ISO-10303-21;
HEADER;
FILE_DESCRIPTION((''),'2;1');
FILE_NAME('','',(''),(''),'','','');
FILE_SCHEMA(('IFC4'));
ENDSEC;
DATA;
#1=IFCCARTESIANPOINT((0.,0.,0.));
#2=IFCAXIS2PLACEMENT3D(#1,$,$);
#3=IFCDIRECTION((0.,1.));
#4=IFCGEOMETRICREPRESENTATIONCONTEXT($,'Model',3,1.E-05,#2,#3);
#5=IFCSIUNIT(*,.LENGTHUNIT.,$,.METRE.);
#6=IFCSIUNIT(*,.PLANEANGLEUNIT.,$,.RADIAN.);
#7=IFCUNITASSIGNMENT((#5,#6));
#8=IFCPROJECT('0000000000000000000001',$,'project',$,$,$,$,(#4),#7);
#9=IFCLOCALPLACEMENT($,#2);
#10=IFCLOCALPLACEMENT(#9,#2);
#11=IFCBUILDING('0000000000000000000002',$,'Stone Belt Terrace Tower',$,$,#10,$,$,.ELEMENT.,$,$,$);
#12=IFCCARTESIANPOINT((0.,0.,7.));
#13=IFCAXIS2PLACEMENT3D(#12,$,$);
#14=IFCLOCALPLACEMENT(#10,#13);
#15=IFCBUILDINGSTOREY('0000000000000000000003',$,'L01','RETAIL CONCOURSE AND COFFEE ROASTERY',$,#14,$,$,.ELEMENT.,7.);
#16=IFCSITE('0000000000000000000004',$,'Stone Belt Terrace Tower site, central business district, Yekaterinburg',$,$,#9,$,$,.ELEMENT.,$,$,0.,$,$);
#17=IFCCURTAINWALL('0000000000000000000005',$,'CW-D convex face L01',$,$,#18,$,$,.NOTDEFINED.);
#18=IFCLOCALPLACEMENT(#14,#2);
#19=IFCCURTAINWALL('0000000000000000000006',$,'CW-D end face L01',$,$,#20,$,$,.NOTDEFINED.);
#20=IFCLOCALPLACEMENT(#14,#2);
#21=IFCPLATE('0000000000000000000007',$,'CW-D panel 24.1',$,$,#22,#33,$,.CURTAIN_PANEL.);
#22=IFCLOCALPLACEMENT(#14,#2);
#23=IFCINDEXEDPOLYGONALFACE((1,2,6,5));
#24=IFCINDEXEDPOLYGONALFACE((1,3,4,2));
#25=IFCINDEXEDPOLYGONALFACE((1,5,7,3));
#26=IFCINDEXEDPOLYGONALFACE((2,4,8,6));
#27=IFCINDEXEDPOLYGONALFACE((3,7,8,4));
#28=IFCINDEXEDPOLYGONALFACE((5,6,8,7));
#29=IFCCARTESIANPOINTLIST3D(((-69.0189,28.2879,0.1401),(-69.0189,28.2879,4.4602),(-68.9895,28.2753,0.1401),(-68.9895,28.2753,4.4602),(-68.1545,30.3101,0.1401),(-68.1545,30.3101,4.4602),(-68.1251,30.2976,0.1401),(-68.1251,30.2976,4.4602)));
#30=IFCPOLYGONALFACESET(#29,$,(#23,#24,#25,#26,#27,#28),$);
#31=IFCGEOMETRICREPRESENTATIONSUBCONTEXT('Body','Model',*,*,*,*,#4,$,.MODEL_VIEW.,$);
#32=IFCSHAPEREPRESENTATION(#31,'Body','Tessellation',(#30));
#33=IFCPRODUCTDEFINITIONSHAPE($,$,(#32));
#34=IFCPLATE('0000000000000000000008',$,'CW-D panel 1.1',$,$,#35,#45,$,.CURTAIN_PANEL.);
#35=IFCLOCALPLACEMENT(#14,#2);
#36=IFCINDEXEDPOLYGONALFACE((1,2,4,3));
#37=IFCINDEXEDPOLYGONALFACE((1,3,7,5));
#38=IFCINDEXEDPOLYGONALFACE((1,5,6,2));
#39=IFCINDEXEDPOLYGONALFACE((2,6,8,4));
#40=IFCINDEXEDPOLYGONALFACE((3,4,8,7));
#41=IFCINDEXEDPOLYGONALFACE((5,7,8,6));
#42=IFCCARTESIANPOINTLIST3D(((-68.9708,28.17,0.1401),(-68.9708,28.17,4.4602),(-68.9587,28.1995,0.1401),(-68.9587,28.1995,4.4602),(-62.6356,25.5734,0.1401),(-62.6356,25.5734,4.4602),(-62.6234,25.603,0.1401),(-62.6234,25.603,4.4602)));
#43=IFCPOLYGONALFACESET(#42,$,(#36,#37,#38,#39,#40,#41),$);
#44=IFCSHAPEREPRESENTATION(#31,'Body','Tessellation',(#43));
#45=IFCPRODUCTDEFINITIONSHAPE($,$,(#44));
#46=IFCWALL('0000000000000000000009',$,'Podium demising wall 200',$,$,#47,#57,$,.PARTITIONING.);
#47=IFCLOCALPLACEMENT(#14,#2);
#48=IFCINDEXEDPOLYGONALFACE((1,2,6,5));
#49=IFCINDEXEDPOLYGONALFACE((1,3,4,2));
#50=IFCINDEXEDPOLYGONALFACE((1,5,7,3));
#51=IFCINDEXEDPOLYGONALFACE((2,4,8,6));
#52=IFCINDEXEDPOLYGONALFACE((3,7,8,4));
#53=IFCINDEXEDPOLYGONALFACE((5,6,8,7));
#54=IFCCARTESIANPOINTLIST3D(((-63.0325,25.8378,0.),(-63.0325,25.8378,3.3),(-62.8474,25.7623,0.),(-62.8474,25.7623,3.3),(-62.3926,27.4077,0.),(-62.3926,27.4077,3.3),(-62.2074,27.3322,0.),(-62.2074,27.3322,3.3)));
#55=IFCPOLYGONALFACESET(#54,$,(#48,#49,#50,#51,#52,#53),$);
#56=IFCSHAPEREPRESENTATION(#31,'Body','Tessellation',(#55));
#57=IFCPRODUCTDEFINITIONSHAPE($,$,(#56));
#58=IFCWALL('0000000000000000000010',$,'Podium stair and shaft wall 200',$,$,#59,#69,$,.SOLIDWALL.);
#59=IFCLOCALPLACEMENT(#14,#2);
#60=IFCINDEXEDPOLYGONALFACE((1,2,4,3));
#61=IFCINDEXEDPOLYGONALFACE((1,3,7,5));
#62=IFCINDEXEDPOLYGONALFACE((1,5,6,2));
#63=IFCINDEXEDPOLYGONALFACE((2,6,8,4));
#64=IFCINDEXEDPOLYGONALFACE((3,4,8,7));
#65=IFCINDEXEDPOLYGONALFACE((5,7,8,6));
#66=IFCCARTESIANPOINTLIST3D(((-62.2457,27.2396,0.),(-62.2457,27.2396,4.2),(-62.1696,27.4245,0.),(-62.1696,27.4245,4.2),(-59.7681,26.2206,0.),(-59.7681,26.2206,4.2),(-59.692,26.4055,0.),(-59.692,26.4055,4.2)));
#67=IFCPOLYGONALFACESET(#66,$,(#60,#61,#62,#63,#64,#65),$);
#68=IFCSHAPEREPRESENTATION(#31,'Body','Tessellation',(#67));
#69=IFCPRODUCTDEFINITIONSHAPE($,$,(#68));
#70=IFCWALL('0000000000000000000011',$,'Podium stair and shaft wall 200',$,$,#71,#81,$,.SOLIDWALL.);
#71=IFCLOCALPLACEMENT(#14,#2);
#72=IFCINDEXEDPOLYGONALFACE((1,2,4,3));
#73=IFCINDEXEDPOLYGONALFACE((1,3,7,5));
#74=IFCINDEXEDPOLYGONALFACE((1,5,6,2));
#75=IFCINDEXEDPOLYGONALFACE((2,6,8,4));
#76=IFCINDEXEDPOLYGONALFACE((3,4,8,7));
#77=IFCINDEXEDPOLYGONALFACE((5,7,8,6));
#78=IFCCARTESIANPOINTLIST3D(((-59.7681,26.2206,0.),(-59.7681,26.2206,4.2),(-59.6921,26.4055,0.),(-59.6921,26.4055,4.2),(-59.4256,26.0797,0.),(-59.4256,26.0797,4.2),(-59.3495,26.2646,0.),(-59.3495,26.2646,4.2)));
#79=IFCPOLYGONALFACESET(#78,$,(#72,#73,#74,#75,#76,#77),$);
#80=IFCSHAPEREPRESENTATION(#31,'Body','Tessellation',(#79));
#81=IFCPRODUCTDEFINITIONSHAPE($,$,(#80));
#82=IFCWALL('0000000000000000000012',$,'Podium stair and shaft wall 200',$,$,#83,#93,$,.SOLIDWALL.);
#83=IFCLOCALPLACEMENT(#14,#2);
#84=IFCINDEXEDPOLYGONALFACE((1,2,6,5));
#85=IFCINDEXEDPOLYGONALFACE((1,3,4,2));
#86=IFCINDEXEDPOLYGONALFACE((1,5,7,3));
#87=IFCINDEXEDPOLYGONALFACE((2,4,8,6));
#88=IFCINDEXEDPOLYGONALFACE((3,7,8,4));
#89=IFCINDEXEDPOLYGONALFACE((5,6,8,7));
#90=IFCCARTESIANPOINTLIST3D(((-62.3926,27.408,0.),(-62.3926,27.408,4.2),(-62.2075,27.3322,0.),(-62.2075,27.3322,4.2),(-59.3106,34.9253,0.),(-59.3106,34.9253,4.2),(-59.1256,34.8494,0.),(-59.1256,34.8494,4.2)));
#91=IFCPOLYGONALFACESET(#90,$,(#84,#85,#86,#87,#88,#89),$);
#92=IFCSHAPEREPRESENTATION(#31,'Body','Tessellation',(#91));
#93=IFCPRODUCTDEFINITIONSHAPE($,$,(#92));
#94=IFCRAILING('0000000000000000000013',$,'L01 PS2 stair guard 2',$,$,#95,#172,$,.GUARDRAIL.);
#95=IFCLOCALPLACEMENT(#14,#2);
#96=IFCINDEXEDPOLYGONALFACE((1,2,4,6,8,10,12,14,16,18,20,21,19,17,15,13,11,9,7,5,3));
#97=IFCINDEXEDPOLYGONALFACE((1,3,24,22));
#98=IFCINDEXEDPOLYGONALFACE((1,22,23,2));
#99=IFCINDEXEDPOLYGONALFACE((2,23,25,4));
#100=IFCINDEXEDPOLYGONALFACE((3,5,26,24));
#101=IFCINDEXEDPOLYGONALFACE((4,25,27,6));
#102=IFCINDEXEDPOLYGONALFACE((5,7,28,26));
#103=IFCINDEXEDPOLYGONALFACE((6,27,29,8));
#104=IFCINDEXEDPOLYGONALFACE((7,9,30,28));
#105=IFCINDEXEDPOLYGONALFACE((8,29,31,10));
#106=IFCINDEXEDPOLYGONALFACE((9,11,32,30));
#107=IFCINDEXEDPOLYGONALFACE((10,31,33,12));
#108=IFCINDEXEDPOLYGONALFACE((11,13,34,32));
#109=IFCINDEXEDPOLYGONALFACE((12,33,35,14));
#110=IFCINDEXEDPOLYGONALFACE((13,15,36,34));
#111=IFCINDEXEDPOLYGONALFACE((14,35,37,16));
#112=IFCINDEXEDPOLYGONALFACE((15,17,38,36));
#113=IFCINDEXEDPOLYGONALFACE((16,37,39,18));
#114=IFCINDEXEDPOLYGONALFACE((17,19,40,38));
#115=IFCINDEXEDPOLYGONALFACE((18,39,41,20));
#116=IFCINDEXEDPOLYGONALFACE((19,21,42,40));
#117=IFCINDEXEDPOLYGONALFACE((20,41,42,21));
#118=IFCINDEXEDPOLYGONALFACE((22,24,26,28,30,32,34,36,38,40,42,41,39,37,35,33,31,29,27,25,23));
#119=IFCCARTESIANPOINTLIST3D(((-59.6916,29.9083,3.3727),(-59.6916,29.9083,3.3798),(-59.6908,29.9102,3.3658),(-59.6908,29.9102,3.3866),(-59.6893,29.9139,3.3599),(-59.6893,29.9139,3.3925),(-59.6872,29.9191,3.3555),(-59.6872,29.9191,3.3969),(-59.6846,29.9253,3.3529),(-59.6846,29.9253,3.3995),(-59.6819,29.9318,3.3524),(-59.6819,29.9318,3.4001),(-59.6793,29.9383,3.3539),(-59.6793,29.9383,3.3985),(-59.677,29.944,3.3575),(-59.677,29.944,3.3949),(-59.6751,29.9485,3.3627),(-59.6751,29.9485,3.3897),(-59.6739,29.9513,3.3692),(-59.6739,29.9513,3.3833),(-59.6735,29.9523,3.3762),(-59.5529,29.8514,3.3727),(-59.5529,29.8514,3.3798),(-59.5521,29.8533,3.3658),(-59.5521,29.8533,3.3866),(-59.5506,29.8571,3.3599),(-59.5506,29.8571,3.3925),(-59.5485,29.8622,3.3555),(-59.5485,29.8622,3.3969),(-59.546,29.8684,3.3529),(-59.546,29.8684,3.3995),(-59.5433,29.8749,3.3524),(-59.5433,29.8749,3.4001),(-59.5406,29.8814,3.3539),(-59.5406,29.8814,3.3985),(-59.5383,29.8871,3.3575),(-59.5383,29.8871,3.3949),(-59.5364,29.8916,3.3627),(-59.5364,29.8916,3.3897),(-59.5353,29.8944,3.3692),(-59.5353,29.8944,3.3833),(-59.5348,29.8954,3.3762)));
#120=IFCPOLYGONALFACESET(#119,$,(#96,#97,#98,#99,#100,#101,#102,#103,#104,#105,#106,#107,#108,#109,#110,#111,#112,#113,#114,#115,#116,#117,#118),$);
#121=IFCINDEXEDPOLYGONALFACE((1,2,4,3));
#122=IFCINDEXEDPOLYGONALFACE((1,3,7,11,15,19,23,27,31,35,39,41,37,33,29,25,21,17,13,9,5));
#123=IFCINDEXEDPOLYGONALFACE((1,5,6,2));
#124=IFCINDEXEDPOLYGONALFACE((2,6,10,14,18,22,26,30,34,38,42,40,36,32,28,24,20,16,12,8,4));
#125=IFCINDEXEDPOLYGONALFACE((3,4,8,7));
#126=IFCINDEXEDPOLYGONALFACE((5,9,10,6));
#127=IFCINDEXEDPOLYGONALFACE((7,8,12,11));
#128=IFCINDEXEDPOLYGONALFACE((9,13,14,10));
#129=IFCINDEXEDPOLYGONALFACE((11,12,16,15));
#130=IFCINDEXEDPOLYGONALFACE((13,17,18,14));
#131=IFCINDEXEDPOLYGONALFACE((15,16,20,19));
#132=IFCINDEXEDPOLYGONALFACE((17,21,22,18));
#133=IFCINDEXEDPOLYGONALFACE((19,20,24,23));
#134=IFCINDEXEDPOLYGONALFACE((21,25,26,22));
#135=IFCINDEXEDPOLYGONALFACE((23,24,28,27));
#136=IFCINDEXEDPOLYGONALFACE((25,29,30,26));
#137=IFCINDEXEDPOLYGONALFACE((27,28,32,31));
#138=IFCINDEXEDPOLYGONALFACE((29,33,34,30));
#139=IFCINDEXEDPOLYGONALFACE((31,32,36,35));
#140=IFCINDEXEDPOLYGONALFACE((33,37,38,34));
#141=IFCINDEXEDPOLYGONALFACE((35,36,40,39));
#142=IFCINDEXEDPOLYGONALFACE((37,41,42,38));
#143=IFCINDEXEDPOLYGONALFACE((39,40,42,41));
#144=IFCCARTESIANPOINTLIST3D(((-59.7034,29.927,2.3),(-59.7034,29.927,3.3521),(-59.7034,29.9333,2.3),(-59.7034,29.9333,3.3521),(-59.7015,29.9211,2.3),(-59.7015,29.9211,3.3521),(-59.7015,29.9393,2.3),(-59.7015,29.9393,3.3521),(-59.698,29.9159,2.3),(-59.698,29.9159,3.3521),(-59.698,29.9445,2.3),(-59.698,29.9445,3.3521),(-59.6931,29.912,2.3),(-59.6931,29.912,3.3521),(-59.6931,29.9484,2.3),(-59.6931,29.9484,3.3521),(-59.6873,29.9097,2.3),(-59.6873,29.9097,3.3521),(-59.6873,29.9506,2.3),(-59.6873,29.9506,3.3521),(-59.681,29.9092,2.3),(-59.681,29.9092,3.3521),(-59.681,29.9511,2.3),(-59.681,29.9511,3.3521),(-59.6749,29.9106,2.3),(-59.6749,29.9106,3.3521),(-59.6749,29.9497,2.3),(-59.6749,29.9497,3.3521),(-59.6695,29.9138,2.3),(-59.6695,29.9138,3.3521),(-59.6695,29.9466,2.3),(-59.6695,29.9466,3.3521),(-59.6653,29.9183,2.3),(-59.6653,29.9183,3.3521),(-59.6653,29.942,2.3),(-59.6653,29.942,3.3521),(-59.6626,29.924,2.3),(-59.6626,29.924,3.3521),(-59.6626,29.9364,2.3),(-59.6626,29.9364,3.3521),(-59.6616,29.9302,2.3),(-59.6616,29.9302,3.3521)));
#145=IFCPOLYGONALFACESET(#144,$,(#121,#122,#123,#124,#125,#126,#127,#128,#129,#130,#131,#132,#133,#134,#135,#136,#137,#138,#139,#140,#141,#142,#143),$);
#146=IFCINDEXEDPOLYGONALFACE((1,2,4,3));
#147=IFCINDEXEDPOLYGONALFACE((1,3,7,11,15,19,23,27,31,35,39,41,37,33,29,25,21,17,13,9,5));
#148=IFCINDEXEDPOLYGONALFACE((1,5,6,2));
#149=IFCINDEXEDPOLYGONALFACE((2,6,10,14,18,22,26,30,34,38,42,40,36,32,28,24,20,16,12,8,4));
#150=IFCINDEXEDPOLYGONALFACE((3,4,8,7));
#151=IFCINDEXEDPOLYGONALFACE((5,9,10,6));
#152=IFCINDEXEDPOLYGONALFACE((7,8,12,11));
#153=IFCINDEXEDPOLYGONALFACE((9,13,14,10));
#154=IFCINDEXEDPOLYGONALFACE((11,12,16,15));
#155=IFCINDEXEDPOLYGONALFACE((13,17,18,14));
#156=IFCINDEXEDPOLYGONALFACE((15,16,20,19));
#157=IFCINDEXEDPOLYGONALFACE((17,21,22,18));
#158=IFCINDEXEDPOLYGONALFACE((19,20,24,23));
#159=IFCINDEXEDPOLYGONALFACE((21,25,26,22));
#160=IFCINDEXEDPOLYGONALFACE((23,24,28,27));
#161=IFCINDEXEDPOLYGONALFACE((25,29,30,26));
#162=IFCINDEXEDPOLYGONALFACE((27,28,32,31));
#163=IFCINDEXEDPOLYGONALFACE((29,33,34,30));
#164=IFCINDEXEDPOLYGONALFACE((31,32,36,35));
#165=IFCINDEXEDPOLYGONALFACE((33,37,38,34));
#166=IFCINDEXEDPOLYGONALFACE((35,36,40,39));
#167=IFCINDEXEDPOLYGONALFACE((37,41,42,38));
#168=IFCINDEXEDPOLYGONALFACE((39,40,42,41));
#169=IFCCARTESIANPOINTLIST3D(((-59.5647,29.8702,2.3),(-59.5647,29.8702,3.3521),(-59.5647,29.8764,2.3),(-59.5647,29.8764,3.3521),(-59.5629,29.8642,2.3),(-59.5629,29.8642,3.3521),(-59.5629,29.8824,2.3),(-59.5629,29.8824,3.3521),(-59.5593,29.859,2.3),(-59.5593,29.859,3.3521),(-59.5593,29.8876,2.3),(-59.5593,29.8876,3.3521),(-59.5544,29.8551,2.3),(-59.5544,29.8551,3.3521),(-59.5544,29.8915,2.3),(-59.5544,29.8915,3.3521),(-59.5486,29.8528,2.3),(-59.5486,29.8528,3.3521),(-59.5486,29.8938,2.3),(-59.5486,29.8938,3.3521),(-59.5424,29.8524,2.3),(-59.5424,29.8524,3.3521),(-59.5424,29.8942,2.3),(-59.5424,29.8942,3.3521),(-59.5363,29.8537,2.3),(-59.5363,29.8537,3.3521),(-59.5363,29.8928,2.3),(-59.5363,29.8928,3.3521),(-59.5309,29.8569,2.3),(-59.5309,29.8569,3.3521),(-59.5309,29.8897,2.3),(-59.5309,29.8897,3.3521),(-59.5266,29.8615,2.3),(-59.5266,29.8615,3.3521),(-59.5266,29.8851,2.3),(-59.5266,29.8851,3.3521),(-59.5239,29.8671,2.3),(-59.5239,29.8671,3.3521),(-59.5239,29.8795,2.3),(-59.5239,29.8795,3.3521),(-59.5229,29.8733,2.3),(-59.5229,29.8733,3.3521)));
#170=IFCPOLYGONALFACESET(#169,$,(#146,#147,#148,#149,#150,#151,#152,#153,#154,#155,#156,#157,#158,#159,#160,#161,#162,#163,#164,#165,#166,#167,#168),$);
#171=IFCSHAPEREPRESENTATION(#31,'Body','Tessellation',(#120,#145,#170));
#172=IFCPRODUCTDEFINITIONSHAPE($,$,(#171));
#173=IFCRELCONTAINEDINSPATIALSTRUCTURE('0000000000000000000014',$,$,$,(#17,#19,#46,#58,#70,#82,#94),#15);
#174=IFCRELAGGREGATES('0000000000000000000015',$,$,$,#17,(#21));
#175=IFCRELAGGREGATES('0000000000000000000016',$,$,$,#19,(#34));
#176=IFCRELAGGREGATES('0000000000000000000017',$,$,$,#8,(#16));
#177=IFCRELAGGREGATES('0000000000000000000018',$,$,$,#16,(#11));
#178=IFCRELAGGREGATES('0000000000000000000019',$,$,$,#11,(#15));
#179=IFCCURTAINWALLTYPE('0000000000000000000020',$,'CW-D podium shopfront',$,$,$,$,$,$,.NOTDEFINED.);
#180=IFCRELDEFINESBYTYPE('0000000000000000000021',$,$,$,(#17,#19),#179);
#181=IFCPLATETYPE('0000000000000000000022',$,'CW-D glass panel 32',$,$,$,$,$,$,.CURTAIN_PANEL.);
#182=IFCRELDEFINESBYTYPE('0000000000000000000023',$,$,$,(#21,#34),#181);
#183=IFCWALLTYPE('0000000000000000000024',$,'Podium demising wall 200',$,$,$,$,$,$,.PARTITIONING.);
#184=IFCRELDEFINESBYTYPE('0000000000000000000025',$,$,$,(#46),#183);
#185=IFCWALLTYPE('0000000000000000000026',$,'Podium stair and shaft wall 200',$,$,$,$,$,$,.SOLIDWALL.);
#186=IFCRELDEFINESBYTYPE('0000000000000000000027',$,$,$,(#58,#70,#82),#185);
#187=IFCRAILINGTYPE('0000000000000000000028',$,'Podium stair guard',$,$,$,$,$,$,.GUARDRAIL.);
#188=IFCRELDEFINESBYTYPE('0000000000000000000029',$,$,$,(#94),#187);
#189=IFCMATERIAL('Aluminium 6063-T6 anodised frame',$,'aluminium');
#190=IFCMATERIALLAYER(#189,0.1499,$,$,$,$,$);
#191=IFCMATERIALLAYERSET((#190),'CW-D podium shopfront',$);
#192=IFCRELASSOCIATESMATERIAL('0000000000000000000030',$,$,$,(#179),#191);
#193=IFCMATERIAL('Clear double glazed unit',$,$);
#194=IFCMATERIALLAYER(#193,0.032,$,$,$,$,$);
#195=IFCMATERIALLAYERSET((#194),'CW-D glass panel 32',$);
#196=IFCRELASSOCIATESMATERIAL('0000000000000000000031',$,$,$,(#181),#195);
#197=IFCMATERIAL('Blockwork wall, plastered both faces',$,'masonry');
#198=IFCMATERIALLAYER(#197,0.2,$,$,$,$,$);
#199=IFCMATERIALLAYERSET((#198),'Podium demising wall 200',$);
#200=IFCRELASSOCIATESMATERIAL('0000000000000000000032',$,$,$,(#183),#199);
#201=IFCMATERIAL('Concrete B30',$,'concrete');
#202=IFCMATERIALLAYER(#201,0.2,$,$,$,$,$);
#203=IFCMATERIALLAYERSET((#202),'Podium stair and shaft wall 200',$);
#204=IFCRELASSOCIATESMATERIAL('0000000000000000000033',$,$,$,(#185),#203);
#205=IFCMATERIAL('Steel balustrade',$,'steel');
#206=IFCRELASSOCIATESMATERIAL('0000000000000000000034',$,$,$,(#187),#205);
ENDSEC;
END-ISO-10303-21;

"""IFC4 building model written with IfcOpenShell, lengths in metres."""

from ifc_helpers import new_model, si_unit, direction, frame, frame_2d, origin, origin_2d, place, context, subcontext, project, spatial, rectangle, circle, extrude, material, layer, layer_set, type_object, element, aggregate, save


model = new_model("IFC4")

# Units and contexts
model_context = context("Model", 3, precision=1e-05, world=origin(), true_north=direction((0.0, 1.0)))
body_context = subcontext(model_context, "Body", "Model", "MODEL_VIEW")
ifc_project = project(units=[si_unit("LENGTHUNIT", "METRE"), si_unit("PLANEANGLEUNIT", "RADIAN")], contexts=[model_context])

# Site, building, storey
site_placement = place(None, origin())
site = spatial("IfcSite", under=ifc_project, at=site_placement, Name="Stone Belt Terrace Tower site, central business district, Yekaterinburg", CompositionType="ELEMENT", RefElevation=0.0)
building_placement = place(site_placement, origin())
building = spatial("IfcBuilding", under=site, at=building_placement, Name="Stone Belt Terrace Tower", CompositionType="ELEMENT")
storey_placement = place(building_placement, frame((0.0, 0.0, 7.0)))
storey = spatial("IfcBuildingStorey", under=building, at=storey_placement, Name="L01", Description="RETAIL CONCOURSE AND COFFEE ROASTERY", CompositionType="ELEMENT", Elevation=7.0)

# Curtain wall
ifc_material_1 = material(Name="Aluminium 6063-T6 anodised frame", Category="aluminium")
ifc_layer_1 = layer(ifc_material_1, 0.1499)
ifc_layer_set_1 = layer_set([ifc_layer_1], Name="CW-D podium shopfront")
curtain_wall_type = type_object("IfcCurtainWallType", Name="CW-D podium shopfront", PredefinedType="NOTDEFINED", material=ifc_layer_set_1)
curtain_wall_1_placement = place(storey_placement, origin())
curtain_wall_1 = element("IfcCurtainWall", 1, at=curtain_wall_1_placement, inside=storey, type_object=curtain_wall_type, Name="CW-D convex face L01", PredefinedType="NOTDEFINED")

# Curtain wall
curtain_wall_2_placement = place(storey_placement, origin())
curtain_wall_2 = element("IfcCurtainWall", 2, at=curtain_wall_2_placement, inside=storey, type_object=curtain_wall_type, Name="CW-D end face L01", PredefinedType="NOTDEFINED")

# Plates
ifc_material_2 = material(Name="Clear double glazed unit")
ifc_layer_2 = layer(ifc_material_2, 0.032)
ifc_layer_set_2 = layer_set([ifc_layer_2], Name="CW-D glass panel 32")
plate_type = type_object("IfcPlateType", Name="CW-D glass panel 32", PredefinedType="CURTAIN_PANEL", material=ifc_layer_set_2)
plate_1_placement = place(storey_placement, frame((-68.572, 29.2927, 0.1401), z_axis=(0.0, 0.0, 1.0), x_axis=(-0.393034, -0.919524, 0.0)))
plate_1 = element("IfcPlate", 3, at=plate_1_placement, type_object=plate_type, Name="CW-D panel 24.1", PredefinedType="CURTAIN_PANEL", context=body_context, shape_type="SweptSolid", body=[
    extrude(rectangle(XDim=2.1992, YDim=0.032, at=origin_2d()), origin(), (0.0, 0.0, 1.0), 4.3201),
])
aggregate(curtain_wall_1, [plate_1])
plate_2_placement = place(storey_placement, frame((-65.7971, 26.8865, 0.1401), z_axis=(0.0, 0.0, 1.0), x_axis=(0.925297, -0.379243, 0.0)))
plate_2 = element("IfcPlate", 4, at=plate_2_placement, type_object=plate_type, Name="CW-D panel 1.1", PredefinedType="CURTAIN_PANEL", context=body_context, shape_type="SweptSolid", body=[
    extrude(rectangle(XDim=6.8467, YDim=0.032, at=origin_2d()), origin(), (0.0, 0.0, 1.0), 4.3201),
])
aggregate(curtain_wall_2, [plate_2])

# Walls
ifc_material_3 = material(Name="Blockwork wall, plastered both faces", Category="masonry")
ifc_layer_3 = layer(ifc_material_3, 0.2)
ifc_layer_set_3 = layer_set([ifc_layer_3], Name="Podium demising wall 200")
wall_type_1 = type_object("IfcWallType", Name="Podium demising wall 200", PredefinedType="PARTITIONING", material=ifc_layer_set_3)
wall_1_placement = place(storey_placement, frame((-62.9399, 25.8, 0.0), z_axis=(0.0, 0.0, 1.0), x_axis=(0.377466, 0.926023, 0.0)))
element("IfcWall", 5, at=wall_1_placement, inside=storey, type_object=wall_type_1, Name="Podium demising wall 200", PredefinedType="PARTITIONING", context=body_context, shape_type="SweptSolid", body=[
    extrude(rectangle(XDim=1.6953, YDim=0.2, at=frame_2d((0.8477, 0.0))), origin(), (0.0, 0.0, 1.0), 3.3),
])
ifc_material_4 = material(Name="Concrete B30", Category="concrete")
ifc_layer_4 = layer(ifc_material_4, 0.2)
ifc_layer_set_4 = layer_set([ifc_layer_4], Name="Podium stair and shaft wall 200")
wall_type_2 = type_object("IfcWallType", Name="Podium stair and shaft wall 200", PredefinedType="SOLIDWALL", material=ifc_layer_set_4)
wall_2_placement = place(storey_placement, frame((-62.2075, 27.332, 0.0), z_axis=(0.0, 0.0, 1.0), x_axis=(0.924825, -0.380392, 0.0)))
element("IfcWall", 6, at=wall_2_placement, inside=storey, type_object=wall_type_2, Name="Podium stair and shaft wall 200", PredefinedType="SOLIDWALL", context=body_context, shape_type="SweptSolid", body=[
    extrude(rectangle(XDim=2.679, YDim=0.2, at=frame_2d((1.3394, 0.0))), origin(), (0.0, 0.0, 1.0), 4.2),
])
wall_3_placement = place(storey_placement, frame((-59.73, 26.313, 0.0), z_axis=(0.0, 0.0, 1.0), x_axis=(0.924842, -0.380352, 0.0)))
element("IfcWall", 7, at=wall_3_placement, inside=storey, type_object=wall_type_2, Name="Podium stair and shaft wall 200", PredefinedType="SOLIDWALL", context=body_context, shape_type="SweptSolid", body=[
    extrude(rectangle(XDim=0.3704, YDim=0.2, at=frame_2d((0.1851, 0.0))), origin(), (0.0, 0.0, 1.0), 4.2),
])
wall_4_placement = place(storey_placement, frame((-62.3, 27.3701, 0.0), z_axis=(0.0, 0.0, 1.0), x_axis=(0.379345, 0.925255, 0.0)))
element("IfcWall", 8, at=wall_4_placement, inside=storey, type_object=wall_type_2, Name="Podium stair and shaft wall 200", PredefinedType="SOLIDWALL", context=body_context, shape_type="SweptSolid", body=[
    extrude(rectangle(XDim=8.1245, YDim=0.2, at=frame_2d((4.0623, 0.0))), origin(), (0.0, 0.0, 1.0), 4.2),
])

# Railing
ifc_material_5 = material(Name="Steel balustrade", Category="steel")
railing_type_1 = type_object("IfcRailingType", Name="Podium stair guard", PredefinedType="GUARDRAIL", material=ifc_material_5)
railing_1_placement = place(storey_placement, frame((-59.6826, 29.9302, 2.3)))
element("IfcRailing", 9, at=railing_1_placement, inside=storey, type_object=railing_type_1, Name="L01 PS2 stair guard 2", PredefinedType="GUARDRAIL", context=body_context, shape_type="SweptSolid", body=[
    extrude(circle(Radius=0.0239, at=origin_2d()), frame((0.0, 0.0, 1.0762), z_axis=(0.925183, -0.379521, 0.0), x_axis=(0.379521, 0.925183, 0.0)), (0.0, 0.0, 1.0), 0.1499),
    extrude(circle(Radius=0.021, at=origin_2d()), origin(), (0.0, 0.0, 1.0), 1.052),
    extrude(circle(Radius=0.021, at=origin_2d()), frame((0.1387, -0.0569, 0.0)), (0.0, 0.0, 1.0), 1.052),
])

save(model, "model.ifc")
